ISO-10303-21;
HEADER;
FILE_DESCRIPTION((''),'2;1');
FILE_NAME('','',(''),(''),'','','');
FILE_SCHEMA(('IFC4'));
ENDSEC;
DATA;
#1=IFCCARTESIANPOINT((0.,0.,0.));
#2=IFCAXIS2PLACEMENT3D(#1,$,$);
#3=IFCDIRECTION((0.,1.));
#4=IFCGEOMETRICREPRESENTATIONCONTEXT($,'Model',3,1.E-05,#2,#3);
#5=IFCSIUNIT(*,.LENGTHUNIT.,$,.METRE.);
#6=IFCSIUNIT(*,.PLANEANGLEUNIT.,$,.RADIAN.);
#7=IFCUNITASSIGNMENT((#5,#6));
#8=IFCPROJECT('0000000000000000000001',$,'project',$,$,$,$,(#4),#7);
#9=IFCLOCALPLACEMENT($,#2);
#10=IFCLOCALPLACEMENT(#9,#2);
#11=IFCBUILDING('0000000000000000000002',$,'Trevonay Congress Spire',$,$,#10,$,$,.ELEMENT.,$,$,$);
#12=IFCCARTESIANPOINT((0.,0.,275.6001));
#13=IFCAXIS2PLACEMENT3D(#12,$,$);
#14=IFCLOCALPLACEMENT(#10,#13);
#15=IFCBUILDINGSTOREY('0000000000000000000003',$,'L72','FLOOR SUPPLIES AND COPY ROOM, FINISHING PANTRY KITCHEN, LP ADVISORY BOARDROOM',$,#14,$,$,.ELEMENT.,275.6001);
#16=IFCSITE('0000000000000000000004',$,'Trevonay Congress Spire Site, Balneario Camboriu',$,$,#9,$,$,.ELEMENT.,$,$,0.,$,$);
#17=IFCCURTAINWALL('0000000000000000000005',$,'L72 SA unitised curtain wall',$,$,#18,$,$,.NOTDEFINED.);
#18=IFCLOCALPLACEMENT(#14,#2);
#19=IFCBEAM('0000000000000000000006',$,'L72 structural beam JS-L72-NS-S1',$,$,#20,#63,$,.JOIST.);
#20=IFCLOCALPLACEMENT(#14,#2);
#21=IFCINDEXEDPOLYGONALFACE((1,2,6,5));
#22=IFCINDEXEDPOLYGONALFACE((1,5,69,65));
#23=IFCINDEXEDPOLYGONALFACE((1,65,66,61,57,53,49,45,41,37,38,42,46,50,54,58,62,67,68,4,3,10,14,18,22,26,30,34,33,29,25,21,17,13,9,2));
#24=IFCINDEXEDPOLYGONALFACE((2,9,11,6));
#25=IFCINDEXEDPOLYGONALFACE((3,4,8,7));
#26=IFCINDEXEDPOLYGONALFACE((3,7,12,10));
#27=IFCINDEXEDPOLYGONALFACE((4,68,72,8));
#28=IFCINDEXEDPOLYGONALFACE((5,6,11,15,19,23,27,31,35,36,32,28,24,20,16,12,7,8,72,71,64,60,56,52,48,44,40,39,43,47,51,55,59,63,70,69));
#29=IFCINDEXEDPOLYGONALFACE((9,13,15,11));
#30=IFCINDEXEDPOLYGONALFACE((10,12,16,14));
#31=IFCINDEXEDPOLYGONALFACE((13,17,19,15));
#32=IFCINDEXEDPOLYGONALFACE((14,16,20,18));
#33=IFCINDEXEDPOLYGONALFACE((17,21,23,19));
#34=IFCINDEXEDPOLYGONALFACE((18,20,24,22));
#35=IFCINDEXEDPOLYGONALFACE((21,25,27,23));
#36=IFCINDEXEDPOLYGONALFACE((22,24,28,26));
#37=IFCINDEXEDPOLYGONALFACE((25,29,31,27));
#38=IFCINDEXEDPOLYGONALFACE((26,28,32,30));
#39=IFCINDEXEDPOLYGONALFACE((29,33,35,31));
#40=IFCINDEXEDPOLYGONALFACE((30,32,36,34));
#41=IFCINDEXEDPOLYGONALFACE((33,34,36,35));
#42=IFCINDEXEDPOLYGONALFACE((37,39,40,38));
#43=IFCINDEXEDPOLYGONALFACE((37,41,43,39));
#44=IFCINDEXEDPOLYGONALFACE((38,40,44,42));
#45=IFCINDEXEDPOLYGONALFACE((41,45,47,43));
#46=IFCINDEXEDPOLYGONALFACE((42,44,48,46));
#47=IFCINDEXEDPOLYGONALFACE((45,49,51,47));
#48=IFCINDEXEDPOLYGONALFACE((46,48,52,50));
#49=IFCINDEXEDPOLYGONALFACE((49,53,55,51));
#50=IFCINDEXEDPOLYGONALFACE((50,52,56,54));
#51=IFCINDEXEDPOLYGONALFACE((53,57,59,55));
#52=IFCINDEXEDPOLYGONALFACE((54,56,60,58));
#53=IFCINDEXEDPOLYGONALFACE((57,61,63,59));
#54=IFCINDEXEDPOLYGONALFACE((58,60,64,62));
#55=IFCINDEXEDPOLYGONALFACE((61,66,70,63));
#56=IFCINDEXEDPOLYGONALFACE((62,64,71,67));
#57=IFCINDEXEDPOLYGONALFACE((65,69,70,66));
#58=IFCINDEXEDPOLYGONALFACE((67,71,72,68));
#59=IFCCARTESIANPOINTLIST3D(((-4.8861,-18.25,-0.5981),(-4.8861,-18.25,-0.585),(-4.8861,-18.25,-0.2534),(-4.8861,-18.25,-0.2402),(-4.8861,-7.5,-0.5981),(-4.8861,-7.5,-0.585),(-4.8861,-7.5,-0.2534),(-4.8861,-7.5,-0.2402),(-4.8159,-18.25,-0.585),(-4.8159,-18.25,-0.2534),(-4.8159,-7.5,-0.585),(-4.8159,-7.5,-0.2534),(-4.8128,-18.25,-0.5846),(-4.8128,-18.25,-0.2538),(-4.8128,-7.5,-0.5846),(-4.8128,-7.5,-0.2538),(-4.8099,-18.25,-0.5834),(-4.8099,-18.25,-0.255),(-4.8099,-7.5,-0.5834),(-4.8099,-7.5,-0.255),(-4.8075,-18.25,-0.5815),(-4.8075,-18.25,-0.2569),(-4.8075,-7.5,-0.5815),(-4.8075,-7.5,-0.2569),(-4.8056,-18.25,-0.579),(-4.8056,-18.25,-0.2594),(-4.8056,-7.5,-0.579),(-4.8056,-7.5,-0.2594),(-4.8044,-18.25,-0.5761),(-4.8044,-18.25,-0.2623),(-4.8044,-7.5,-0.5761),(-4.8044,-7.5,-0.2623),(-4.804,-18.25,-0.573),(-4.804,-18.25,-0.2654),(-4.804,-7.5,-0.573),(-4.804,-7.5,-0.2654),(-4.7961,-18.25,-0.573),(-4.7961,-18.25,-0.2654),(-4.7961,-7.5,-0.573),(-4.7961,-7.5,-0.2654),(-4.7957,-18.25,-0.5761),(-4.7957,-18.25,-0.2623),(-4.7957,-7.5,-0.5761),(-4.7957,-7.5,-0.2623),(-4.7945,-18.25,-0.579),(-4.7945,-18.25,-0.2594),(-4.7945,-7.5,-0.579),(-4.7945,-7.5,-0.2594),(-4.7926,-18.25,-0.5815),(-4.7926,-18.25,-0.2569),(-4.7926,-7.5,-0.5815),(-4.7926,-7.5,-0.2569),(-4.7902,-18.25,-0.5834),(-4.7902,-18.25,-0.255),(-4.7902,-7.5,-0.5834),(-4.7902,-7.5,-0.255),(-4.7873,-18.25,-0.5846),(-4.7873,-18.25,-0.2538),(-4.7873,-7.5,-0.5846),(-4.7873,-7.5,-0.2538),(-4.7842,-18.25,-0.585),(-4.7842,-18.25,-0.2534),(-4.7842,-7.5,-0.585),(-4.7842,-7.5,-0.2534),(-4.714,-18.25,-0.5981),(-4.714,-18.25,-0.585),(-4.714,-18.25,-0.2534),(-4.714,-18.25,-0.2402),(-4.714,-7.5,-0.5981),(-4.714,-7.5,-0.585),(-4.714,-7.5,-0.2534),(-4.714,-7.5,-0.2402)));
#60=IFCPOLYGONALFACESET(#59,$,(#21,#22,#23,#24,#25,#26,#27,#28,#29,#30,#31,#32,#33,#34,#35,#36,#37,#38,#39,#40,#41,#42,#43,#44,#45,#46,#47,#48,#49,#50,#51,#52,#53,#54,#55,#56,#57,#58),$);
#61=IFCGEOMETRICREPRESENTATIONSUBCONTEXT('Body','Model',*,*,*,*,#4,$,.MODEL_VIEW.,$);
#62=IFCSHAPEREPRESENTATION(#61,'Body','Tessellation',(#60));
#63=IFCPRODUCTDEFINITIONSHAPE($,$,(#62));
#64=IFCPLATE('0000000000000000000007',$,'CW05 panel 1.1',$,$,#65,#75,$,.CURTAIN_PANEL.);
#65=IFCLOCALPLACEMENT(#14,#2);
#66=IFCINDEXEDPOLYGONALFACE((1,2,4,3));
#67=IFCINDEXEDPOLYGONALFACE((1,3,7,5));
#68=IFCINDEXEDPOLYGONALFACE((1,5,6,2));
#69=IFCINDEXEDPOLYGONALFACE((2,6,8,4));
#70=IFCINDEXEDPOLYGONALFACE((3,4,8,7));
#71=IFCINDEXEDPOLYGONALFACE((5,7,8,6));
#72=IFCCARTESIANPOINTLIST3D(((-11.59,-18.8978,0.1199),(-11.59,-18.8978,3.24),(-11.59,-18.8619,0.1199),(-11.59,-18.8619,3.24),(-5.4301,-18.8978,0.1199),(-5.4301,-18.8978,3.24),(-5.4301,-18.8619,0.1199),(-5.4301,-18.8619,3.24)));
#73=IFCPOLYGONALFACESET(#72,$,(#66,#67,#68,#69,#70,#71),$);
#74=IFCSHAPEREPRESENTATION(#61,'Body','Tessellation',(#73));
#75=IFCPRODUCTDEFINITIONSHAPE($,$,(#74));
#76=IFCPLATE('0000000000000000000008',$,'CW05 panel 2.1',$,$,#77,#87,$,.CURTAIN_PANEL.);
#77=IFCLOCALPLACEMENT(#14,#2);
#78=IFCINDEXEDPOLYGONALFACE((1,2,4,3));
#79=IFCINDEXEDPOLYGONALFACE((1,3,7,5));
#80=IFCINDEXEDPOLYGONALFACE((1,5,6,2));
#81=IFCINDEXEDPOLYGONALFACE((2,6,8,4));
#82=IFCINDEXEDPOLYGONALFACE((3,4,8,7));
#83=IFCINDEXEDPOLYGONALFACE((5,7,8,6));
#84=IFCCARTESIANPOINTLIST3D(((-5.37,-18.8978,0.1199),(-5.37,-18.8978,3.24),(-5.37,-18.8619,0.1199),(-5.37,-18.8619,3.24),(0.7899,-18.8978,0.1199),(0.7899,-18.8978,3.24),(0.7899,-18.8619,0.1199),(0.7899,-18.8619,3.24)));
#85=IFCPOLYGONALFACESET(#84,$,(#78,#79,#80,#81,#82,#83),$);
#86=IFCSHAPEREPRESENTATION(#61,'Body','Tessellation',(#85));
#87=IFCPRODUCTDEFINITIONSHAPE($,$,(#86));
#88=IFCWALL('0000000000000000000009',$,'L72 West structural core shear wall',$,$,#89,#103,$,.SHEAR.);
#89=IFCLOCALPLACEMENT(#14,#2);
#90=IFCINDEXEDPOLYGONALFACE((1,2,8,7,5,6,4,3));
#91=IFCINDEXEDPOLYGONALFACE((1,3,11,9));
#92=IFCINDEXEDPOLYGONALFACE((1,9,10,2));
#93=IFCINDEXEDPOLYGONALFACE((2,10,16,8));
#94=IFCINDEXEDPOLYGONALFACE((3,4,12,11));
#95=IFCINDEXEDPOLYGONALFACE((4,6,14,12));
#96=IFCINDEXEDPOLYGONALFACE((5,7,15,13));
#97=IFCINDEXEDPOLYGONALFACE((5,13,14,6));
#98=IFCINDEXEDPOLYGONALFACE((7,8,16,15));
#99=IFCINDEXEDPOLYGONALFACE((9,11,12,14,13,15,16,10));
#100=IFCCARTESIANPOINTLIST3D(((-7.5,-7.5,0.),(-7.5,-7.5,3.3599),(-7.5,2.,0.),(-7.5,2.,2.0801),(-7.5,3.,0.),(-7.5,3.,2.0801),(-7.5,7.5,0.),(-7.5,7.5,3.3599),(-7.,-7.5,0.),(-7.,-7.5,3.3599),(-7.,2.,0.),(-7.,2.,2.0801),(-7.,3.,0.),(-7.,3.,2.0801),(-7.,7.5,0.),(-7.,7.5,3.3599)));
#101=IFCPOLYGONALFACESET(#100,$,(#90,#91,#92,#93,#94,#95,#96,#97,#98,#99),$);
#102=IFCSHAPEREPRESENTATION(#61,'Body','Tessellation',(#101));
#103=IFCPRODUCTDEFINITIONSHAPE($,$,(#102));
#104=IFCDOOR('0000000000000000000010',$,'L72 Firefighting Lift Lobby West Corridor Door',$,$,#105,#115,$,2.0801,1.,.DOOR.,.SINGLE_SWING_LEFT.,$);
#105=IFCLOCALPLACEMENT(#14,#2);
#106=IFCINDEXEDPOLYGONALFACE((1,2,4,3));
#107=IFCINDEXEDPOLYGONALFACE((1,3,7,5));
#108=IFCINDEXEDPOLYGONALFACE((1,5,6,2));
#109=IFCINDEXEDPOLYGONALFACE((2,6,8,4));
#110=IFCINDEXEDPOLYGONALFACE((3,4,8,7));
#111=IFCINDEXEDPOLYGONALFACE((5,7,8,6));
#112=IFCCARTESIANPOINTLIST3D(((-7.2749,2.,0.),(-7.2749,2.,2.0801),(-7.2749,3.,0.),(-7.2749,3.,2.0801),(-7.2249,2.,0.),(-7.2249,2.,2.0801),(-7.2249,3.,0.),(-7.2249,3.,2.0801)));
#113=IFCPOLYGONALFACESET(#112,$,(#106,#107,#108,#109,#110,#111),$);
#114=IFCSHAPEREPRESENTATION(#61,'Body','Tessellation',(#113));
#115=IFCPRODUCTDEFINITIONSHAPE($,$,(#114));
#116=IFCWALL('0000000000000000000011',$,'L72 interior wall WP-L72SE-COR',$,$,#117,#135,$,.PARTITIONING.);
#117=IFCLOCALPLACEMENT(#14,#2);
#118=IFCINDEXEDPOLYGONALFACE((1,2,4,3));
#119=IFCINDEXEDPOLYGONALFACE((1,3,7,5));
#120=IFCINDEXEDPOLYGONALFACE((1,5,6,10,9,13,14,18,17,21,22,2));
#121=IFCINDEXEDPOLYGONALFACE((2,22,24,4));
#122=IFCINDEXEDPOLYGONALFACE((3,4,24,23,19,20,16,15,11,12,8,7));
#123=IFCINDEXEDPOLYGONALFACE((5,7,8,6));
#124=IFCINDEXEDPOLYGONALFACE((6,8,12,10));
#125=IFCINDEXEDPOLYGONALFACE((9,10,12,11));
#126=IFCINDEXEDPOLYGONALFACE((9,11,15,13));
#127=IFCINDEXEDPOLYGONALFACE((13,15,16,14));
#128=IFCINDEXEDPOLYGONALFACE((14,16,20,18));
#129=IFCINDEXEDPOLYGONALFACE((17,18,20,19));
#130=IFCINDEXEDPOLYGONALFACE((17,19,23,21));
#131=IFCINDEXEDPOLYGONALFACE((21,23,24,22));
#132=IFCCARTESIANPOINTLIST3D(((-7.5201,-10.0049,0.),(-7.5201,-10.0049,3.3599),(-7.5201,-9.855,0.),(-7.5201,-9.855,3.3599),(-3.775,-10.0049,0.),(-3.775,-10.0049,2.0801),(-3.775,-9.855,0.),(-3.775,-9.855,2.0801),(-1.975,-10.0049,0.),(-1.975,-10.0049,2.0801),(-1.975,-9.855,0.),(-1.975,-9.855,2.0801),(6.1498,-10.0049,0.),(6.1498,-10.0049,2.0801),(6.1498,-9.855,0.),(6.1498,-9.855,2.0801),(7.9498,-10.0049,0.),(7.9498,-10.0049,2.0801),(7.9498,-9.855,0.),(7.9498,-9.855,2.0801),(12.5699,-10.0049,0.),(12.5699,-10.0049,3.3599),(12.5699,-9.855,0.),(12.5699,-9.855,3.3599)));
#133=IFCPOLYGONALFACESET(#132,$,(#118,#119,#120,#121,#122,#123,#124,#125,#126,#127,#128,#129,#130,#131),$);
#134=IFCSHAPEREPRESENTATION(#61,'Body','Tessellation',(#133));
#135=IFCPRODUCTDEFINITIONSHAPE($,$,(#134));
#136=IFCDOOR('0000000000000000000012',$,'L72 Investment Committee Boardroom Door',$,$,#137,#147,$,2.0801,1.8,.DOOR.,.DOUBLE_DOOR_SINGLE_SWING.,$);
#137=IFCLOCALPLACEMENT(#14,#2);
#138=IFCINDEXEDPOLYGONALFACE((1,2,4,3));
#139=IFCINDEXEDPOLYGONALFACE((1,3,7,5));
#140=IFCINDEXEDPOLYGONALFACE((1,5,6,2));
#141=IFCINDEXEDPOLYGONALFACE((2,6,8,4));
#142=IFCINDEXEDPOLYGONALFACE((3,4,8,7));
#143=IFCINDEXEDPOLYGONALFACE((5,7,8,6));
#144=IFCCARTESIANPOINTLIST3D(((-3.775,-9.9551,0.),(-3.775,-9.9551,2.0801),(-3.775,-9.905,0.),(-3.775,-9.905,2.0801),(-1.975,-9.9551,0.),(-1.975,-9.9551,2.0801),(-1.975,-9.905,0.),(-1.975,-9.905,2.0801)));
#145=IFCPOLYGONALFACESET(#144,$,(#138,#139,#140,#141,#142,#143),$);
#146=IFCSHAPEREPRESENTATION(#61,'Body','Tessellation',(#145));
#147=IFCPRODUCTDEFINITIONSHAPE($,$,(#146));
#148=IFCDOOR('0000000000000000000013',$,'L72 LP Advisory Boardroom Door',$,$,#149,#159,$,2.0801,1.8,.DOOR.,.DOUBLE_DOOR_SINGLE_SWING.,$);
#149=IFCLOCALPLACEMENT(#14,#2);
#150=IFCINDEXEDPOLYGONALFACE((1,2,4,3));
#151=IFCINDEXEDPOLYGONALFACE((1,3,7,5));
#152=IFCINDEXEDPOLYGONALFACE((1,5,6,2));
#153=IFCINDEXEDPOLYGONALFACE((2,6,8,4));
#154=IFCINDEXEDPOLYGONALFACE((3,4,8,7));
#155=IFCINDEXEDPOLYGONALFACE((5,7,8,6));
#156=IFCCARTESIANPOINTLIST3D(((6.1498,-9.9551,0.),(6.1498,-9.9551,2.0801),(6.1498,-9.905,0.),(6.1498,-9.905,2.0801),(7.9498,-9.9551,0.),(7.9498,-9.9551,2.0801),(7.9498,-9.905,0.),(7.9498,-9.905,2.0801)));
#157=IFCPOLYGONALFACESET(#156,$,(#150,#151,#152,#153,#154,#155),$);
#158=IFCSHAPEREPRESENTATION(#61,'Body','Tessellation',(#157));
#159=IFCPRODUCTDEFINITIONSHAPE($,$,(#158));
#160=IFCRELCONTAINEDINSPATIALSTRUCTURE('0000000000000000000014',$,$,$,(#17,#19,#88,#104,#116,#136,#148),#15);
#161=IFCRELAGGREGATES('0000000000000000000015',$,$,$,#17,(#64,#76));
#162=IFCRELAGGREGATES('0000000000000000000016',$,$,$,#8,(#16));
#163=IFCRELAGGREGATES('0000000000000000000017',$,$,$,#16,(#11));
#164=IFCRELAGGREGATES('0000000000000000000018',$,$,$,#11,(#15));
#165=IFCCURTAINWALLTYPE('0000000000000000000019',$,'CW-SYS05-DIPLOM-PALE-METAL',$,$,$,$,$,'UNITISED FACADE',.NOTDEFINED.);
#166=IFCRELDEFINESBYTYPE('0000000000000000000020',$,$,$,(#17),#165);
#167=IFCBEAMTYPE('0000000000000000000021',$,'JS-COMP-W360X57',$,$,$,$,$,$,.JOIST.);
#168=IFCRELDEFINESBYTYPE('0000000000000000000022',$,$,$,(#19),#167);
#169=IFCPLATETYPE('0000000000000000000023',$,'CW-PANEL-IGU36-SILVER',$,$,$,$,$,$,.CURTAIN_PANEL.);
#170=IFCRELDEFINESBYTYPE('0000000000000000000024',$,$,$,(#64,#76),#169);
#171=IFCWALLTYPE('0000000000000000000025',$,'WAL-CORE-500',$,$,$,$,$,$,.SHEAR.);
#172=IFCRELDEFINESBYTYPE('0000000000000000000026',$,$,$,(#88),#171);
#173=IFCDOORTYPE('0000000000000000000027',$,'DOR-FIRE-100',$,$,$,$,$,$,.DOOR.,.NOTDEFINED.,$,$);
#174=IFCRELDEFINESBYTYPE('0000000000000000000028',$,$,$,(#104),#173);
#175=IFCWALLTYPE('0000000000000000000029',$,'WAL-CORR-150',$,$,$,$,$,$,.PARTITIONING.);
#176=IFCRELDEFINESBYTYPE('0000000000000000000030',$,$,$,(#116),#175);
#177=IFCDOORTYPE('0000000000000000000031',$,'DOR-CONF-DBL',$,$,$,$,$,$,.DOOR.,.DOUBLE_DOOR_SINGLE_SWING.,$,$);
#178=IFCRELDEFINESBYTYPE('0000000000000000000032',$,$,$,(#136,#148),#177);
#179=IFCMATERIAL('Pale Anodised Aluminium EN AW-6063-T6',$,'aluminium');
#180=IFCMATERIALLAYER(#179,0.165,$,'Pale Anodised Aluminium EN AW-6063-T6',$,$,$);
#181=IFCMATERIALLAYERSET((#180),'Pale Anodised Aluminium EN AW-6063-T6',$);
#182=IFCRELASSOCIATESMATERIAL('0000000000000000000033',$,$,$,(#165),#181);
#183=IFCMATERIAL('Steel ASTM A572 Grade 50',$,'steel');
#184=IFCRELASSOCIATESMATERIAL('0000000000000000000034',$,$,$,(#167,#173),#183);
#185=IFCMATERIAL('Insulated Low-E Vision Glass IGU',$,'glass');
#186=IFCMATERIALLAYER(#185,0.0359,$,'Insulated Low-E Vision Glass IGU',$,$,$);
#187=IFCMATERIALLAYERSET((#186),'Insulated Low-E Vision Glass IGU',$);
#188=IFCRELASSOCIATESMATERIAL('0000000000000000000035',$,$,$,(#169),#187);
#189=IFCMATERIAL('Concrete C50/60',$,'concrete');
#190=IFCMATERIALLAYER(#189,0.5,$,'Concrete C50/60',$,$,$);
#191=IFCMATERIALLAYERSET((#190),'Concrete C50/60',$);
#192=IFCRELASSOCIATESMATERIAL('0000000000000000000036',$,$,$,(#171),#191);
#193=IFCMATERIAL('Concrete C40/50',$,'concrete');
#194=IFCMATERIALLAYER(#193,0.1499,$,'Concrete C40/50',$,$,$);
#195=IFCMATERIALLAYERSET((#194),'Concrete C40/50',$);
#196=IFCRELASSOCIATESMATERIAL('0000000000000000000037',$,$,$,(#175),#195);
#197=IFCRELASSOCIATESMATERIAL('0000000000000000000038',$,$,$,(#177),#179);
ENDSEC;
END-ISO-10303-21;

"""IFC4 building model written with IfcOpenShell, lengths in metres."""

from ifc_helpers import new_model, si_unit, direction, frame, frame_2d, origin, origin_2d, place, context, subcontext, project, spatial, rectangle, i_section, extrude, material, layer, layer_set, material_profile, profile_set, type_object, element, fill, aggregate, save


model = new_model("IFC4")

# Units and contexts
model_context = context("Model", 3, precision=1e-05, world=origin(), true_north=direction((0.0, 1.0)))
body_context = subcontext(model_context, "Body", "Model", "MODEL_VIEW")
ifc_project = project(units=[si_unit("LENGTHUNIT", "METRE"), si_unit("PLANEANGLEUNIT", "RADIAN")], contexts=[model_context])

# Site, building, storey
site_placement = place(None, origin())
site = spatial("IfcSite", under=ifc_project, at=site_placement, Name="Trevonay Congress Spire Site, Balneario Camboriu", CompositionType="ELEMENT", RefElevation=0.0)
building_placement = place(site_placement, origin())
building = spatial("IfcBuilding", under=site, at=building_placement, Name="Trevonay Congress Spire", CompositionType="ELEMENT")
storey_placement = place(building_placement, frame((0.0, 0.0, 275.6001)))
storey = spatial("IfcBuildingStorey", under=building, at=storey_placement, Name="L72", Description="FLOOR SUPPLIES AND COPY ROOM, FINISHING PANTRY KITCHEN, LP ADVISORY BOARDROOM", CompositionType="ELEMENT", Elevation=275.6001)

# Shared definitions
ifc_material_1 = material(Name="Steel ASTM A572 Grade 50", Category="steel")

# Curtain wall
ifc_material_2 = material(Name="Pale Anodised Aluminium EN AW-6063-T6", Category="aluminium")
ifc_layer_1 = layer(ifc_material_2, 0.165, Name="Pale Anodised Aluminium EN AW-6063-T6")
ifc_layer_set_1 = layer_set([ifc_layer_1], Name="Pale Anodised Aluminium EN AW-6063-T6")
curtain_wall_type = type_object("IfcCurtainWallType", Name="CW-SYS05-DIPLOM-PALE-METAL", ElementType="UNITISED FACADE", PredefinedType="NOTDEFINED", material=ifc_layer_set_1)
curtain_wall_placement = place(storey_placement, origin())
curtain_wall = element("IfcCurtainWall", 1, at=curtain_wall_placement, inside=storey, type_object=curtain_wall_type, Name="L72 SA unitised curtain wall", PredefinedType="NOTDEFINED")

# Beam
ifc_material_profile_1 = material_profile(ifc_material_1, i_section(OverallWidth=0.1721, OverallDepth=0.3579, WebThickness=0.0078, FlangeThickness=0.0132, FilletRadius=0.012, at=origin_2d()), Name="W360x57.8")
ifc_profile_set_1 = profile_set([ifc_material_profile_1], Name="Steel ASTM A572 Grade 50")
beam_type_1 = type_object("IfcBeamType", Name="JS-COMP-W360X57", PredefinedType="JOIST", material=ifc_profile_set_1)
beam_1_placement = place(storey_placement, frame((-4.8, -18.25, -0.4192), z_axis=(0.0, 1.0, 0.0), x_axis=(-1.0, 0.0, 0.0)))
element("IfcBeam", 2, at=beam_1_placement, inside=storey, type_object=beam_type_1, Name="L72 structural beam JS-L72-NS-S1", PredefinedType="JOIST", context=body_context, shape_type="SweptSolid", body=[
    extrude(i_section(OverallWidth=0.1721, OverallDepth=0.3579, WebThickness=0.0078, FlangeThickness=0.0132, FilletRadius=0.012, at=origin_2d()), origin(), (0.0, 0.0, 1.0), 10.75),
])

# Plates
ifc_material_3 = material(Name="Insulated Low-E Vision Glass IGU", Category="glass")
ifc_layer_2 = layer(ifc_material_3, 0.0359, Name="Insulated Low-E Vision Glass IGU")
ifc_layer_set_2 = layer_set([ifc_layer_2], Name="Insulated Low-E Vision Glass IGU")
plate_type = type_object("IfcPlateType", Name="CW-PANEL-IGU36-SILVER", PredefinedType="CURTAIN_PANEL", material=ifc_layer_set_2)
plate_1_placement = place(storey_placement, frame((-8.51, -18.8799, 0.1199), z_axis=(0.0, 0.0, 1.0), x_axis=(1.0, 0.0, 0.0)))
plate_1 = element("IfcPlate", 3, at=plate_1_placement, type_object=plate_type, Name="CW05 panel 1.1", PredefinedType="CURTAIN_PANEL", context=body_context, shape_type="SweptSolid", body=[
    extrude(rectangle(XDim=6.1599, YDim=0.0359, at=origin_2d()), origin(), (0.0, 0.0, 1.0), 3.1201),
])
plate_2_placement = place(storey_placement, frame((-2.29, -18.8799, 0.1199), z_axis=(0.0, 0.0, 1.0), x_axis=(1.0, 0.0, 0.0)))
plate_2 = element("IfcPlate", 4, at=plate_2_placement, type_object=plate_type, Name="CW05 panel 2.1", PredefinedType="CURTAIN_PANEL", context=body_context, shape_type="SweptSolid", body=[
    extrude(rectangle(XDim=6.1599, YDim=0.0359, at=origin_2d()), origin(), (0.0, 0.0, 1.0), 3.1201),
])
aggregate(curtain_wall, [plate_1, plate_2])

# Wall, opening, door
ifc_material_4 = material(Name="Concrete C50/60", Category="concrete")
ifc_layer_3 = layer(ifc_material_4, 0.5, Name="Concrete C50/60")
ifc_layer_set_3 = layer_set([ifc_layer_3], Name="Concrete C50/60")
wall_type_1 = type_object("IfcWallType", Name="WAL-CORE-500", PredefinedType="SHEAR", material=ifc_layer_set_3)
wall_1_placement = place(storey_placement, frame((-7.25, -7.5, 0.0), z_axis=(0.0, 0.0, 1.0), x_axis=(0.0, 1.0, 0.0)))
wall_1 = element("IfcWall", 5, at=wall_1_placement, inside=storey, type_object=wall_type_1, Name="L72 West structural core shear wall", PredefinedType="SHEAR", context=body_context, shape_type="SweptSolid", body=[
    extrude(rectangle(XDim=15.0, YDim=0.5, at=frame_2d((7.5, 0.0))), origin(), (0.0, 0.0, 1.0), 3.3599),
])
opening_1_placement = place(wall_1_placement, frame((9.5, 0.0, 0.0)))
opening_1 = element("IfcOpeningElement", 6, at=opening_1_placement, cuts=wall_1, PredefinedType="OPENING", context=body_context, shape_type="SweptSolid", body=[
    extrude(rectangle(XDim=1.0, YDim=2.0801, at=frame_2d((0.5, 1.04))), frame((0.0, 0.26, 0.0), z_axis=(0.0, -1.0, 0.0), x_axis=(1.0, 0.0, 0.0)), (0.0, 0.0, 1.0), 0.52),
])
door_type_1 = type_object("IfcDoorType", Name="DOR-FIRE-100", OperationType="NOTDEFINED", PredefinedType="DOOR", material=ifc_material_1)
door_1_placement = place(opening_1_placement, origin())
door_1 = element("IfcDoor", 7, at=door_1_placement, inside=storey, type_object=door_type_1, Name="L72 Firefighting Lift Lobby West Corridor Door", OperationType="SINGLE_SWING_LEFT", OverallHeight=2.0801, OverallWidth=1.0, PredefinedType="DOOR", context=body_context, shape_type="SweptSolid", body=[
    extrude(rectangle(XDim=1.0, YDim=2.0801, at=frame_2d((0.5, 1.04))), frame((0.0, 0.0249, 0.0), z_axis=(0.0, -1.0, 0.0), x_axis=(1.0, 0.0, 0.0)), (0.0, 0.0, 1.0), 0.05),
])
fill(opening_1, door_1)

# Wall, openings, doors
ifc_material_5 = material(Name="Concrete C40/50", Category="concrete")
ifc_layer_4 = layer(ifc_material_5, 0.1499, Name="Concrete C40/50")
ifc_layer_set_4 = layer_set([ifc_layer_4], Name="Concrete C40/50")
wall_type_2 = type_object("IfcWallType", Name="WAL-CORR-150", PredefinedType="PARTITIONING", material=ifc_layer_set_4)
wall_2_placement = place(storey_placement, frame((-7.52, -9.9299, 0.0), z_axis=(0.0, 0.0, 1.0), x_axis=(1.0, 0.0, 0.0)))
wall_2 = element("IfcWall", 8, at=wall_2_placement, inside=storey, type_object=wall_type_2, Name="L72 interior wall WP-L72SE-COR", PredefinedType="PARTITIONING", context=body_context, shape_type="SweptSolid", body=[
    extrude(rectangle(XDim=20.0901, YDim=0.1499, at=frame_2d((10.0449, 0.0))), origin(), (0.0, 0.0, 1.0), 3.3599),
])
opening_2_placement = place(wall_2_placement, frame((3.7451, 0.0, 0.0)))
opening_2 = element("IfcOpeningElement", 9, at=opening_2_placement, cuts=wall_2, PredefinedType="OPENING", context=body_context, shape_type="SweptSolid", body=[
    extrude(rectangle(XDim=1.8, YDim=2.0801, at=frame_2d((0.8999, 1.04))), frame((0.0, 0.085, 0.0), z_axis=(0.0, -1.0, 0.0), x_axis=(1.0, 0.0, 0.0)), (0.0, 0.0, 1.0), 0.1699),
])
opening_3_placement = place(wall_2_placement, frame((13.6699, 0.0, 0.0)))
opening_3 = element("IfcOpeningElement", 10, at=opening_3_placement, cuts=wall_2, PredefinedType="OPENING", context=body_context, shape_type="SweptSolid", body=[
    extrude(rectangle(XDim=1.8, YDim=2.0801, at=frame_2d((0.8999, 1.04))), frame((0.0, 0.085, 0.0), z_axis=(0.0, -1.0, 0.0), x_axis=(1.0, 0.0, 0.0)), (0.0, 0.0, 1.0), 0.1699),
])
door_type_2 = type_object("IfcDoorType", Name="DOR-CONF-DBL", OperationType="DOUBLE_DOOR_SINGLE_SWING", PredefinedType="DOOR", material=ifc_material_2)
door_2_placement = place(opening_2_placement, origin())
door_2 = element("IfcDoor", 11, at=door_2_placement, inside=storey, type_object=door_type_2, Name="L72 Investment Committee Boardroom Door", OperationType="DOUBLE_DOOR_SINGLE_SWING", OverallHeight=2.0801, OverallWidth=1.8, PredefinedType="DOOR", context=body_context, shape_type="SweptSolid", body=[
    extrude(rectangle(XDim=1.8, YDim=2.0801, at=frame_2d((0.8999, 1.04))), frame((0.0, 0.0249, 0.0), z_axis=(0.0, -1.0, 0.0), x_axis=(1.0, 0.0, 0.0)), (0.0, 0.0, 1.0), 0.05),
])
fill(opening_2, door_2)
door_3_placement = place(opening_3_placement, origin())
door_3 = element("IfcDoor", 12, at=door_3_placement, inside=storey, type_object=door_type_2, Name="L72 LP Advisory Boardroom Door", OperationType="DOUBLE_DOOR_SINGLE_SWING", OverallHeight=2.0801, OverallWidth=1.8, PredefinedType="DOOR", context=body_context, shape_type="SweptSolid", body=[
    extrude(rectangle(XDim=1.8, YDim=2.0801, at=frame_2d((0.8999, 1.04))), frame((0.0, 0.0249, 0.0), z_axis=(0.0, -1.0, 0.0), x_axis=(1.0, 0.0, 0.0)), (0.0, 0.0, 1.0), 0.05),
])
fill(opening_3, door_3)

save(model, "model.ifc")
